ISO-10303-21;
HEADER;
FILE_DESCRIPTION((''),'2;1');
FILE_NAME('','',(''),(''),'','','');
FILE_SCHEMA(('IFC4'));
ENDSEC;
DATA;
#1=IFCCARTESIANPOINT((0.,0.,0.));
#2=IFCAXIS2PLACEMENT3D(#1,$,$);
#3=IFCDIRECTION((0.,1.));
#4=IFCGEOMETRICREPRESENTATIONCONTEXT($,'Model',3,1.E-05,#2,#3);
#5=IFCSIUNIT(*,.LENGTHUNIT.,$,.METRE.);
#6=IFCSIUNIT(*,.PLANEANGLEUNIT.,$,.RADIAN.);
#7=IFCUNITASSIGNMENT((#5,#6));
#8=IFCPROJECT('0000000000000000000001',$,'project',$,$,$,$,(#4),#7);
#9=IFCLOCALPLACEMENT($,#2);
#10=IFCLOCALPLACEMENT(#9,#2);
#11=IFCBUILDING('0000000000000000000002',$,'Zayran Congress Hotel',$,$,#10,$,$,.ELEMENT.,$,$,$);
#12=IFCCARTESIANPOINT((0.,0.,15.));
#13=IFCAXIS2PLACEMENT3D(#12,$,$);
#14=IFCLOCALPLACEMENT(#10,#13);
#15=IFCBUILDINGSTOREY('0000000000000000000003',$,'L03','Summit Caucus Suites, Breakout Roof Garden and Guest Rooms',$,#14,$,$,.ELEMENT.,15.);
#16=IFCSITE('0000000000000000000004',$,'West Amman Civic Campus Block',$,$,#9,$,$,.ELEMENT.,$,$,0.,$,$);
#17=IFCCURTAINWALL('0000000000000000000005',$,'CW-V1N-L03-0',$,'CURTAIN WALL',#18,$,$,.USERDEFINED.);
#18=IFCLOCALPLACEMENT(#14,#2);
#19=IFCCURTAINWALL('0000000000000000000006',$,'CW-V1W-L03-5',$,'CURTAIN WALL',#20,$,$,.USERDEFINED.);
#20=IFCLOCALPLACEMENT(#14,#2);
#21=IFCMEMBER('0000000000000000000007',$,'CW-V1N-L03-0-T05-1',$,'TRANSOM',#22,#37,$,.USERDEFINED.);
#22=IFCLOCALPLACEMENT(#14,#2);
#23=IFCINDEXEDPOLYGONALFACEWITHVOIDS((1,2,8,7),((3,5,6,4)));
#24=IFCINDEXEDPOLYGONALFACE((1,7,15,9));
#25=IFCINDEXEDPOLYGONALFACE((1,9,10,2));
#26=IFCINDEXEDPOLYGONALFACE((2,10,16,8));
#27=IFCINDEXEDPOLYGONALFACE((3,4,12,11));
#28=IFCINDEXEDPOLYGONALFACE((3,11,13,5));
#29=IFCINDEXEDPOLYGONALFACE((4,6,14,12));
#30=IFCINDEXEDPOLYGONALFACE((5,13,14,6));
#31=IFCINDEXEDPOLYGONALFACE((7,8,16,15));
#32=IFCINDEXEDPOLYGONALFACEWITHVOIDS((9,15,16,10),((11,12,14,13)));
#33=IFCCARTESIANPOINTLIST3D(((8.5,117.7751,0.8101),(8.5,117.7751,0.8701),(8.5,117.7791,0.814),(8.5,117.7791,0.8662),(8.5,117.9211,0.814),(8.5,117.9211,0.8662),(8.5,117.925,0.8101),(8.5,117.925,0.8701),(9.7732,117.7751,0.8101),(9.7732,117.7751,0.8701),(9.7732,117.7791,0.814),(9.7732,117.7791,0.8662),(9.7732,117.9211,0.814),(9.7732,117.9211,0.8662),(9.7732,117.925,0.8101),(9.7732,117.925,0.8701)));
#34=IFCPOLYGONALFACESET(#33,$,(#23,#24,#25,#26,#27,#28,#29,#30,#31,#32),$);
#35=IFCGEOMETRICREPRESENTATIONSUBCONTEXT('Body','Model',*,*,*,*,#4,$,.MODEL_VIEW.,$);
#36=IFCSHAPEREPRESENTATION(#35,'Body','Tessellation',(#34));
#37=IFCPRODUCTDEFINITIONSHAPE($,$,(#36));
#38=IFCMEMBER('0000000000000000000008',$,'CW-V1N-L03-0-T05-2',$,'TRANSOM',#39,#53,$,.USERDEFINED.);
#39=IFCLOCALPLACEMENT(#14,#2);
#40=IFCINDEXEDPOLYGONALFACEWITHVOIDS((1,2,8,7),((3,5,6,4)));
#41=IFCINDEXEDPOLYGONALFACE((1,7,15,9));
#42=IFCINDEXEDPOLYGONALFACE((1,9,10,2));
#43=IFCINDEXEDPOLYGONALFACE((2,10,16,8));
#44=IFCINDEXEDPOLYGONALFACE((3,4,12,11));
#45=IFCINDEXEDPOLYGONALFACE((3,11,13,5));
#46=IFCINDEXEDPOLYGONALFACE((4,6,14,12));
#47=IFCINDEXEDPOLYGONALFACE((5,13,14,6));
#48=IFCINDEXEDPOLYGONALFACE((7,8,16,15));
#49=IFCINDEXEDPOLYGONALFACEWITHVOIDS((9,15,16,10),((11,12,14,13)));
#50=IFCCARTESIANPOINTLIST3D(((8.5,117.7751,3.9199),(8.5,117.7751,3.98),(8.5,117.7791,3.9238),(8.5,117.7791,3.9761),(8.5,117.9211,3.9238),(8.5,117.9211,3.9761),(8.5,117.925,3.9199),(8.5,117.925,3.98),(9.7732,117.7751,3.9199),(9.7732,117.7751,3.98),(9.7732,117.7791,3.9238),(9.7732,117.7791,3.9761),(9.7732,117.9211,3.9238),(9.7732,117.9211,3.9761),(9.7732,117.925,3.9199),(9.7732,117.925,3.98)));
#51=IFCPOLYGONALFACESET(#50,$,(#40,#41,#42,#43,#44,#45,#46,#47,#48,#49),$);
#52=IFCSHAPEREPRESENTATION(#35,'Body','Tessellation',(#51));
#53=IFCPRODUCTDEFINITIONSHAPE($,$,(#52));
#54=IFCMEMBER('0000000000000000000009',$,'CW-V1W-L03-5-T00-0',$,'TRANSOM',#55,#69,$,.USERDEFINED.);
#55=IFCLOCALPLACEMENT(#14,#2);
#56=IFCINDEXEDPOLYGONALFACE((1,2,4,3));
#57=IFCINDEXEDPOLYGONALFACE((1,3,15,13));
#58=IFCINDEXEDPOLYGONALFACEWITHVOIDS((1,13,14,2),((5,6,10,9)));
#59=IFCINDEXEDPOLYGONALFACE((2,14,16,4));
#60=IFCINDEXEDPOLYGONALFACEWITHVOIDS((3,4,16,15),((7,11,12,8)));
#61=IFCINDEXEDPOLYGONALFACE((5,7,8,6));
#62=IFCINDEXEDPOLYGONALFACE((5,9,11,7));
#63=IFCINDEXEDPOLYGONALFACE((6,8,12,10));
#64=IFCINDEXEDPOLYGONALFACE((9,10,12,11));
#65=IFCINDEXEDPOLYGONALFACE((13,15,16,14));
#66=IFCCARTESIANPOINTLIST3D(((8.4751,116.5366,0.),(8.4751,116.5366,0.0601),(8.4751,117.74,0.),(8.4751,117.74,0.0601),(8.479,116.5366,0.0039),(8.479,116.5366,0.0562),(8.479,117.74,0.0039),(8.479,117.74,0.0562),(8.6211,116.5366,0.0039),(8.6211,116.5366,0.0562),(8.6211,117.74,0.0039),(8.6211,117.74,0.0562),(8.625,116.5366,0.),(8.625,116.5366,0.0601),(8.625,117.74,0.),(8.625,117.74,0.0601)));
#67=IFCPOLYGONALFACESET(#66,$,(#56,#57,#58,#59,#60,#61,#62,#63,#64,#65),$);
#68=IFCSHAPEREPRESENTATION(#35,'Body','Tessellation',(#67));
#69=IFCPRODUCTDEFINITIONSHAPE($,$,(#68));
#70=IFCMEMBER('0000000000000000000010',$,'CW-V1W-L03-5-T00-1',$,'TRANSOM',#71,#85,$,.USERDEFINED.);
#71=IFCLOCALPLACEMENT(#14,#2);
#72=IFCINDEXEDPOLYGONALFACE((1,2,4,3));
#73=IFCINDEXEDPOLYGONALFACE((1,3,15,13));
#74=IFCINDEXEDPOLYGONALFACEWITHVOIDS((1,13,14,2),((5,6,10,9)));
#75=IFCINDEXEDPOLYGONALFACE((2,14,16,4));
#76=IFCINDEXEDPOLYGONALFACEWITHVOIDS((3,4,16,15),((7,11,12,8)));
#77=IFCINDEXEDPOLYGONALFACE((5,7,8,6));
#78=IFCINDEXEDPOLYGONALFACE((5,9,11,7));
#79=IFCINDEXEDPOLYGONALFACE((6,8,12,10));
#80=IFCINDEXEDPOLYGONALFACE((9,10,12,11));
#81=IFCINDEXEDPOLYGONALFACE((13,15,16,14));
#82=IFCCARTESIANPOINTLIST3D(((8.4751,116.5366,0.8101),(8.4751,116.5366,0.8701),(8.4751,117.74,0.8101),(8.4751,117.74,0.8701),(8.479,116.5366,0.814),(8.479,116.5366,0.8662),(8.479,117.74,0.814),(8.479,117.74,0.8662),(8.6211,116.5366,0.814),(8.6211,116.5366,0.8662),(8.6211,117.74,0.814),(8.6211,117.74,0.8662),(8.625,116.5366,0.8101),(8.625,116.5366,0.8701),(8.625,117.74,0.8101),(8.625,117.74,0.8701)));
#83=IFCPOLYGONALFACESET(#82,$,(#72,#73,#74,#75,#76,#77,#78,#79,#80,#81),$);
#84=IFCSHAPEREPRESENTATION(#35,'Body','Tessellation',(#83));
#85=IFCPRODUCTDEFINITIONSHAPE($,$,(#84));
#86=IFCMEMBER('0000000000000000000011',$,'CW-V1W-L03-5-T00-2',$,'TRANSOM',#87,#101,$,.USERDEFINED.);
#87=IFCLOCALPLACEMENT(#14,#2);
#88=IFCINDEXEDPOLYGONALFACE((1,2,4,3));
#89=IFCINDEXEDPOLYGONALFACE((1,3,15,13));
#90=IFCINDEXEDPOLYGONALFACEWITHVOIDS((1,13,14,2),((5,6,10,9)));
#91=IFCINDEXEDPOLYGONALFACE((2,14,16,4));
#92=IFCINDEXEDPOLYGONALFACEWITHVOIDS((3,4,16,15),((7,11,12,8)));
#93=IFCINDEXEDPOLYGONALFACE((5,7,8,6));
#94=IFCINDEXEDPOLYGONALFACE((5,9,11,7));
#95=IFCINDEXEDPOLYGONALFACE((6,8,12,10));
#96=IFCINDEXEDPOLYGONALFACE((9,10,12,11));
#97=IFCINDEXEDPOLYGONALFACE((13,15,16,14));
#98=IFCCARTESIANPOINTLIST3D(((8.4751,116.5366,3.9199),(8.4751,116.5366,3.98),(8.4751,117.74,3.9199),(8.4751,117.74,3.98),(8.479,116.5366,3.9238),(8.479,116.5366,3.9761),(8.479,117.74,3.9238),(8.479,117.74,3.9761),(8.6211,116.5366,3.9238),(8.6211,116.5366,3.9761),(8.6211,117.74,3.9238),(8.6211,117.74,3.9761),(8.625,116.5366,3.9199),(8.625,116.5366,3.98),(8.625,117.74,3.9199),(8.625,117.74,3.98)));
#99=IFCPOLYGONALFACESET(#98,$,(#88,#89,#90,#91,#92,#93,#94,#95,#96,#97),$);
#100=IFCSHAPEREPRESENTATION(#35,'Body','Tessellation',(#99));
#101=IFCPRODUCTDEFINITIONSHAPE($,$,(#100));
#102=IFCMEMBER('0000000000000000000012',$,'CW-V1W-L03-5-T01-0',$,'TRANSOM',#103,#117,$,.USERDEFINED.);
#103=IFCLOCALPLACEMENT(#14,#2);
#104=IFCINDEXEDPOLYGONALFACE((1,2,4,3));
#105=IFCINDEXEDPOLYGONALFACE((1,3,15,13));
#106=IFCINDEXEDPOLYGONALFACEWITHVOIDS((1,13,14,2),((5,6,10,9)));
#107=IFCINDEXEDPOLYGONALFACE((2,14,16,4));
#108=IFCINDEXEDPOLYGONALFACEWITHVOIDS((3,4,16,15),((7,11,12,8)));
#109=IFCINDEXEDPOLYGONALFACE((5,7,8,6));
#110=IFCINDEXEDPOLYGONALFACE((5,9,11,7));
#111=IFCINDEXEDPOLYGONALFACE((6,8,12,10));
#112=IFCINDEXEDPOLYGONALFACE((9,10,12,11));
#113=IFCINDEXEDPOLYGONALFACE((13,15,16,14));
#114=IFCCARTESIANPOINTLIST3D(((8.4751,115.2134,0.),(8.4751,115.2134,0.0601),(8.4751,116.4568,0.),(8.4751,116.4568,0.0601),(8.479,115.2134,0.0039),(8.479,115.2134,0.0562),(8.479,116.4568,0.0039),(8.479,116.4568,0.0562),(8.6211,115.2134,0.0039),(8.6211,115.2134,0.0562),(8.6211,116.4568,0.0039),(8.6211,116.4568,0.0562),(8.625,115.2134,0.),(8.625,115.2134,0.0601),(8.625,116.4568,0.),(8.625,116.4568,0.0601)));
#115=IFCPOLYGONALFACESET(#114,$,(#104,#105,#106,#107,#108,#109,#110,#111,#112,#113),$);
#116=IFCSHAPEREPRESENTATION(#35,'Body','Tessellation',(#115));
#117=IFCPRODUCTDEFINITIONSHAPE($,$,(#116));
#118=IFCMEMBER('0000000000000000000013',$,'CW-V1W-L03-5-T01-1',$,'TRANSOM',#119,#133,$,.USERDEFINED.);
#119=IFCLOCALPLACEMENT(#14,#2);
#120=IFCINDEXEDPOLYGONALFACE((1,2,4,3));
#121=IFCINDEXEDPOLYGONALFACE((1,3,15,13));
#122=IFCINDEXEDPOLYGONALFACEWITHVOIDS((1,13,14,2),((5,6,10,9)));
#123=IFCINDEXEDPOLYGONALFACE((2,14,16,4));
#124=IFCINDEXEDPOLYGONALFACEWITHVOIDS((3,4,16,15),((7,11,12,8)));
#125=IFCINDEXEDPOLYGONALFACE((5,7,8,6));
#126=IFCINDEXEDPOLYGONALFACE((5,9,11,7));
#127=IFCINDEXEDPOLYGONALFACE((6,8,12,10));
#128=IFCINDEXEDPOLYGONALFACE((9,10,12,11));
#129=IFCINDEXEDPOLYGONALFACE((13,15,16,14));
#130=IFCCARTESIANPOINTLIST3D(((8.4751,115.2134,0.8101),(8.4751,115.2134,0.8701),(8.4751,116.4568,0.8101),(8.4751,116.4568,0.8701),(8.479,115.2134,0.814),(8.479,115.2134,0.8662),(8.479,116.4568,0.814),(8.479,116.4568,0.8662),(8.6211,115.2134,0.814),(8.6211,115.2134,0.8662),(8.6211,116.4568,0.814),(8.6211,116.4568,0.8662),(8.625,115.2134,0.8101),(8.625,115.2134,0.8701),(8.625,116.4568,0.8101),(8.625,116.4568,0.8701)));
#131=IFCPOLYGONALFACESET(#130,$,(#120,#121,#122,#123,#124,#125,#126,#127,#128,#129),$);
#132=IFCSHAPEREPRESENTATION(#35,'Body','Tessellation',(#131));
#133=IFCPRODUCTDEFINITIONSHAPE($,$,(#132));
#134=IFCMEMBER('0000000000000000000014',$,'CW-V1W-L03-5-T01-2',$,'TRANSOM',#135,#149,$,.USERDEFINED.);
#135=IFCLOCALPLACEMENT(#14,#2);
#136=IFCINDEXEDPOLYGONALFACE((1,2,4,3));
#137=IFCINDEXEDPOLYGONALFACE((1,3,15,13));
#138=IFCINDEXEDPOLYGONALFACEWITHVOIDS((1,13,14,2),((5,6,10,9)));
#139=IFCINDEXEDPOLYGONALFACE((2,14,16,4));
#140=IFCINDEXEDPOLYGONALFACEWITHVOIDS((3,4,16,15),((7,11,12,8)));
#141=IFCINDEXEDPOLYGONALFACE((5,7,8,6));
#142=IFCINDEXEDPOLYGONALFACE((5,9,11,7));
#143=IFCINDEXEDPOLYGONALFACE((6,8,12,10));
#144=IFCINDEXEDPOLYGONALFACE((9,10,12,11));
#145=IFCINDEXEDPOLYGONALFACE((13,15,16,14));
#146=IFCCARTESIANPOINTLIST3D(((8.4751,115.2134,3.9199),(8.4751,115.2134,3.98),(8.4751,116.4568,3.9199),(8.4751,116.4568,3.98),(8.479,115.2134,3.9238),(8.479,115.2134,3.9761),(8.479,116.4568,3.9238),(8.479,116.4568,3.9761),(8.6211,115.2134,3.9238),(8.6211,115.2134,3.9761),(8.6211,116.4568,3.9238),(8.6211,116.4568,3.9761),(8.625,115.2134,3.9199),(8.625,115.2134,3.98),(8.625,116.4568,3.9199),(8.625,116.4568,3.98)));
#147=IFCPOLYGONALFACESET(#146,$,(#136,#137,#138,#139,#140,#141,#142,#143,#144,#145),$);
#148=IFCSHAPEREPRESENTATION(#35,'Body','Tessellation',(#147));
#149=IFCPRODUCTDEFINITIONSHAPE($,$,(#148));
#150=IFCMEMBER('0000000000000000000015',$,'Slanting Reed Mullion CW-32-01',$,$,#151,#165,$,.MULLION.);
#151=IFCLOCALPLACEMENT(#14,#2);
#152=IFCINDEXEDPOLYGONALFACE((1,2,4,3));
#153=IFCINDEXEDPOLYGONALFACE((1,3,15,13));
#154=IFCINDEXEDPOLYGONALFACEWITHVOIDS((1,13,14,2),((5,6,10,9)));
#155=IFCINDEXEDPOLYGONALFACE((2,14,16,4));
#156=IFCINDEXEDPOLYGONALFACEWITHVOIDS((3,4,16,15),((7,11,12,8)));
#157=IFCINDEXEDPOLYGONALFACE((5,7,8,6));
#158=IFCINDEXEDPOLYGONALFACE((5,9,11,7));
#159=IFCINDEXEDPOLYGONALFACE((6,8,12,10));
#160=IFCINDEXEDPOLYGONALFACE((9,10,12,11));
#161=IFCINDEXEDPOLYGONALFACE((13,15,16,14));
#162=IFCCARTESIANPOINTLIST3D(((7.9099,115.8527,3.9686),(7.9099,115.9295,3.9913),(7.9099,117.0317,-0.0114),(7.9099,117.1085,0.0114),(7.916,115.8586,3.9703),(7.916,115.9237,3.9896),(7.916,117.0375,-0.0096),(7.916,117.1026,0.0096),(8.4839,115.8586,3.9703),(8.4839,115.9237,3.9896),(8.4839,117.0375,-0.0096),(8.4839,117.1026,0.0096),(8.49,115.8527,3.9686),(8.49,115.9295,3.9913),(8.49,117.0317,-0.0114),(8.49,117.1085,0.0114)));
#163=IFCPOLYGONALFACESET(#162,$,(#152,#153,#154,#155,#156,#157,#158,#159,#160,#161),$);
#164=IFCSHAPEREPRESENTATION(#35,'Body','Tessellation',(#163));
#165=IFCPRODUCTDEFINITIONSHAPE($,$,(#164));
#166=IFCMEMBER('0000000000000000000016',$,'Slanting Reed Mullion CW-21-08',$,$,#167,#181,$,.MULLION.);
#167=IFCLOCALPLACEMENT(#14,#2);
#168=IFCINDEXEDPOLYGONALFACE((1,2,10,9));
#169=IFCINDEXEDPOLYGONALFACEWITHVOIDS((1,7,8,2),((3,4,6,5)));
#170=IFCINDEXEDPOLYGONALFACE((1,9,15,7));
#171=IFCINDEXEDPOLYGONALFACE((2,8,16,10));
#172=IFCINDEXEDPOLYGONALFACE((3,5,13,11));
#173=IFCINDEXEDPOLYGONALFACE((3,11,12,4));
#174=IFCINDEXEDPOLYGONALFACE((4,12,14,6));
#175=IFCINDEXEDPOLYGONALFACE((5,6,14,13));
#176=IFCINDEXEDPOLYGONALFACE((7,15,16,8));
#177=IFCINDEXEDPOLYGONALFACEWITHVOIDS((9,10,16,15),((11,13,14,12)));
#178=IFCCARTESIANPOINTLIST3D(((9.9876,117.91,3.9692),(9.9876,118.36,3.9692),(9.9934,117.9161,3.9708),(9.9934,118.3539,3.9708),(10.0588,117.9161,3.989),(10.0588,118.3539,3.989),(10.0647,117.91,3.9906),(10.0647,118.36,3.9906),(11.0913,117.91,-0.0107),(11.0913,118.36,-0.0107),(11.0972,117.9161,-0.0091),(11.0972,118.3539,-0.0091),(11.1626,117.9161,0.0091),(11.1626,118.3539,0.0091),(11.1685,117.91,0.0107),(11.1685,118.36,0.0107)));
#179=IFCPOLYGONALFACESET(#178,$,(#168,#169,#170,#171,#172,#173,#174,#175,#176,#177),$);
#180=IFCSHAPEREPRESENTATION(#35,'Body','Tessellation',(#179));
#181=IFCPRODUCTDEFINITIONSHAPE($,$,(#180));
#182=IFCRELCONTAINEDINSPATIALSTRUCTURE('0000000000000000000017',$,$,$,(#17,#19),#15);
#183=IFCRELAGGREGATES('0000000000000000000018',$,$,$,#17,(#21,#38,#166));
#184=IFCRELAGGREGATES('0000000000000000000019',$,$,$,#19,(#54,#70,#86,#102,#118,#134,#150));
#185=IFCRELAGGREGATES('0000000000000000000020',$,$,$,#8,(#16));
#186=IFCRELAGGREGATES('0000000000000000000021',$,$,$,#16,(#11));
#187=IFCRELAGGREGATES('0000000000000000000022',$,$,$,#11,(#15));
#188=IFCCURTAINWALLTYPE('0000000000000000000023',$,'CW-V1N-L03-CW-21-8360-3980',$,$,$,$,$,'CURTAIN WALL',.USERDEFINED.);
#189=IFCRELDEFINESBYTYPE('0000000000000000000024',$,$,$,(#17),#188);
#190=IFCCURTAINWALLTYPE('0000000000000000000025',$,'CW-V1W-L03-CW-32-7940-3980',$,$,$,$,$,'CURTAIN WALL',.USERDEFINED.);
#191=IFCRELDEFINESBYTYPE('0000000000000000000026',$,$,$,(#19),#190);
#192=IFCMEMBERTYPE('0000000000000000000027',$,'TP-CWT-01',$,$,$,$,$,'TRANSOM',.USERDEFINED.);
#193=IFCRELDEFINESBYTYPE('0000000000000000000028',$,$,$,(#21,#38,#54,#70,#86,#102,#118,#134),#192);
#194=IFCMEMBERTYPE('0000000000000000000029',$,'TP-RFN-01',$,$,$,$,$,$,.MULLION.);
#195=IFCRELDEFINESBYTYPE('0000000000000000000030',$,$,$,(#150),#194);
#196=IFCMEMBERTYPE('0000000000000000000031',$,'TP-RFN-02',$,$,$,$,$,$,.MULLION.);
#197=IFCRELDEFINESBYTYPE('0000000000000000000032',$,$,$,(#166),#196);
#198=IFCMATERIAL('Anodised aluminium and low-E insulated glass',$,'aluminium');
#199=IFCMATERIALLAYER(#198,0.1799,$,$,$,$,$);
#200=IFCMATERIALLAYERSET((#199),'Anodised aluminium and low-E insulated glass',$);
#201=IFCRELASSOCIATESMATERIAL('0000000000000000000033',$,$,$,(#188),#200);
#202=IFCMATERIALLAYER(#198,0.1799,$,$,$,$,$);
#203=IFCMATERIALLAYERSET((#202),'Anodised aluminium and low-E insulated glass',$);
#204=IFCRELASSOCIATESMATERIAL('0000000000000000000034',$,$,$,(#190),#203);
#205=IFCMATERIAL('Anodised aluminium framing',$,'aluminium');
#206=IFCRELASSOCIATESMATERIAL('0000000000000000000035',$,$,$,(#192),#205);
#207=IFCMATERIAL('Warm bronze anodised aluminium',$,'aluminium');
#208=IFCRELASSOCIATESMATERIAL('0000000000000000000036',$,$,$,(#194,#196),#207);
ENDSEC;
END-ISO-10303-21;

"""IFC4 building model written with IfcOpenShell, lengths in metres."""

from ifc_helpers import new_model, si_unit, direction, frame, origin, origin_2d, place, context, subcontext, project, spatial, hollow_rectangle, extrude, material, layer, layer_set, material_profile, profile_set, type_object, element, aggregate, save


model = new_model("IFC4")

# Units and contexts
model_context = context("Model", 3, precision=1e-05, world=origin(), true_north=direction((0.0, 1.0)))
body_context = subcontext(model_context, "Body", "Model", "MODEL_VIEW")
ifc_project = project(units=[si_unit("LENGTHUNIT", "METRE"), si_unit("PLANEANGLEUNIT", "RADIAN")], contexts=[model_context])

# Site, building, storey
site_placement = place(None, origin())
site = spatial("IfcSite", under=ifc_project, at=site_placement, Name="West Amman Civic Campus Block", CompositionType="ELEMENT", RefElevation=0.0)
building_placement = place(site_placement, origin())
building = spatial("IfcBuilding", under=site, at=building_placement, Name="Zayran Congress Hotel", CompositionType="ELEMENT")
storey_placement = place(building_placement, frame((0.0, 0.0, 15.0)))
storey = spatial("IfcBuildingStorey", under=building, at=storey_placement, Name="L03", Description="Summit Caucus Suites, Breakout Roof Garden and Guest Rooms", CompositionType="ELEMENT", Elevation=15.0)

# Curtain walls
ifc_material_1 = material(Name="Anodised aluminium and low-E insulated glass", Category="aluminium")
ifc_layer_1 = layer(ifc_material_1, 0.1799)
ifc_layer_set_1 = layer_set([ifc_layer_1], Name="Anodised aluminium and low-E insulated glass")
curtain_wall_type_1 = type_object("IfcCurtainWallType", Name="CW-V1N-L03-CW-21-8360-3980", ElementType="CURTAIN WALL", PredefinedType="USERDEFINED", material=ifc_layer_set_1)
curtain_wall_1_placement = place(storey_placement, origin())
curtain_wall_1 = element("IfcCurtainWall", 1, at=curtain_wall_1_placement, inside=storey, type_object=curtain_wall_type_1, Name="CW-V1N-L03-0", ObjectType="CURTAIN WALL", PredefinedType="USERDEFINED")
ifc_material_2 = material(Name="Anodised aluminium framing", Category="aluminium")
ifc_layer_2 = layer(ifc_material_1, 0.1799)
ifc_layer_set_2 = layer_set([ifc_layer_2], Name="Anodised aluminium and low-E insulated glass")
curtain_wall_type_2 = type_object("IfcCurtainWallType", Name="CW-V1W-L03-CW-32-7940-3980", ElementType="CURTAIN WALL", PredefinedType="USERDEFINED", material=ifc_layer_set_2)
curtain_wall_2_placement = place(storey_placement, origin())
curtain_wall_2 = element("IfcCurtainWall", 2, at=curtain_wall_2_placement, inside=storey, type_object=curtain_wall_type_2, Name="CW-V1W-L03-5", ObjectType="CURTAIN WALL", PredefinedType="USERDEFINED")

# Members
ifc_material_profile_1 = material_profile(ifc_material_2, hollow_rectangle(XDim=0.0601, YDim=0.1499, WallThickness=0.0039, at=origin_2d()), Name="RHS 150x60x4")
ifc_profile_set_1 = profile_set([ifc_material_profile_1], Name="Anodised aluminium framing")
member_type_1 = type_object("IfcMemberType", Name="TP-CWT-01", ElementType="TRANSOM", PredefinedType="USERDEFINED", material=ifc_profile_set_1)
member_1_placement = place(storey_placement, frame((9.7732, 117.8501, 0.8401), z_axis=(-1.0, 0.0, 0.0), x_axis=(0.0, 0.0, 1.0)))
member_1 = element("IfcMember", 3, at=member_1_placement, type_object=member_type_1, Name="CW-V1N-L03-0-T05-1", ObjectType="TRANSOM", PredefinedType="USERDEFINED", context=body_context, shape_type="SweptSolid", body=[
    extrude(hollow_rectangle(XDim=0.0601, YDim=0.1499, WallThickness=0.0039, at=origin_2d()), origin(), (0.0, 0.0, 1.0), 1.2732),
])
member_2_placement = place(storey_placement, frame((9.7732, 117.8501, 3.95), z_axis=(-1.0, 0.0, 0.0), x_axis=(0.0, 0.0, 1.0)))
member_2 = element("IfcMember", 4, at=member_2_placement, type_object=member_type_1, Name="CW-V1N-L03-0-T05-2", ObjectType="TRANSOM", PredefinedType="USERDEFINED", context=body_context, shape_type="SweptSolid", body=[
    extrude(hollow_rectangle(XDim=0.0601, YDim=0.1499, WallThickness=0.0039, at=origin_2d()), origin(), (0.0, 0.0, 1.0), 1.2732),
])
member_3_placement = place(storey_placement, frame((8.55, 117.74, 0.03), z_axis=(0.0, -1.0, 0.0), x_axis=(0.0, 0.0, 1.0)))
member_3 = element("IfcMember", 5, at=member_3_placement, type_object=member_type_1, Name="CW-V1W-L03-5-T00-0", ObjectType="TRANSOM", PredefinedType="USERDEFINED", context=body_context, shape_type="SweptSolid", body=[
    extrude(hollow_rectangle(XDim=0.0601, YDim=0.1499, WallThickness=0.0039, at=origin_2d()), origin(), (0.0, 0.0, 1.0), 1.2034),
])
member_4_placement = place(storey_placement, frame((8.55, 117.74, 0.8401), z_axis=(0.0, -1.0, 0.0), x_axis=(0.0, 0.0, 1.0)))
member_4 = element("IfcMember", 6, at=member_4_placement, type_object=member_type_1, Name="CW-V1W-L03-5-T00-1", ObjectType="TRANSOM", PredefinedType="USERDEFINED", context=body_context, shape_type="SweptSolid", body=[
    extrude(hollow_rectangle(XDim=0.0601, YDim=0.1499, WallThickness=0.0039, at=origin_2d()), origin(), (0.0, 0.0, 1.0), 1.2034),
])
member_5_placement = place(storey_placement, frame((8.55, 117.74, 3.95), z_axis=(0.0, -1.0, 0.0), x_axis=(0.0, 0.0, 1.0)))
member_5 = element("IfcMember", 7, at=member_5_placement, type_object=member_type_1, Name="CW-V1W-L03-5-T00-2", ObjectType="TRANSOM", PredefinedType="USERDEFINED", context=body_context, shape_type="SweptSolid", body=[
    extrude(hollow_rectangle(XDim=0.0601, YDim=0.1499, WallThickness=0.0039, at=origin_2d()), origin(), (0.0, 0.0, 1.0), 1.2034),
])
member_6_placement = place(storey_placement, frame((8.55, 116.4568, 0.03), z_axis=(0.0, -1.0, 0.0), x_axis=(0.0, 0.0, 1.0)))
member_6 = element("IfcMember", 8, at=member_6_placement, type_object=member_type_1, Name="CW-V1W-L03-5-T01-0", ObjectType="TRANSOM", PredefinedType="USERDEFINED", context=body_context, shape_type="SweptSolid", body=[
    extrude(hollow_rectangle(XDim=0.0601, YDim=0.1499, WallThickness=0.0039, at=origin_2d()), origin(), (0.0, 0.0, 1.0), 1.2434),
])
member_7_placement = place(storey_placement, frame((8.55, 116.4568, 0.8401), z_axis=(0.0, -1.0, 0.0), x_axis=(0.0, 0.0, 1.0)))
member_7 = element("IfcMember", 9, at=member_7_placement, type_object=member_type_1, Name="CW-V1W-L03-5-T01-1", ObjectType="TRANSOM", PredefinedType="USERDEFINED", context=body_context, shape_type="SweptSolid", body=[
    extrude(hollow_rectangle(XDim=0.0601, YDim=0.1499, WallThickness=0.0039, at=origin_2d()), origin(), (0.0, 0.0, 1.0), 1.2434),
])
member_8_placement = place(storey_placement, frame((8.55, 116.4568, 3.95), z_axis=(0.0, -1.0, 0.0), x_axis=(0.0, 0.0, 1.0)))
member_8 = element("IfcMember", 10, at=member_8_placement, type_object=member_type_1, Name="CW-V1W-L03-5-T01-2", ObjectType="TRANSOM", PredefinedType="USERDEFINED", context=body_context, shape_type="SweptSolid", body=[
    extrude(hollow_rectangle(XDim=0.0601, YDim=0.1499, WallThickness=0.0039, at=origin_2d()), origin(), (0.0, 0.0, 1.0), 1.2434),
])
ifc_material_3 = material(Name="Warm bronze anodised aluminium", Category="aluminium")
ifc_material_profile_2 = material_profile(ifc_material_3, hollow_rectangle(XDim=0.0801, YDim=0.5801, WallThickness=0.0061, at=origin_2d()), Name="RHS 580x80x6")
ifc_profile_set_2 = profile_set([ifc_material_profile_2], Name="Warm bronze anodised aluminium")
member_type_2 = type_object("IfcMemberType", Name="TP-RFN-01", PredefinedType="MULLION", material=ifc_profile_set_2)
member_9_placement = place(storey_placement, frame((8.2, 117.0701, 0.0), z_axis=(0.0, -0.284022, 0.958818), x_axis=(0.0, 0.958818, 0.284022)))
member_9 = element("IfcMember", 11, at=member_9_placement, type_object=member_type_2, Name="Slanting Reed Mullion CW-32-01", PredefinedType="MULLION", context=body_context, shape_type="SweptSolid", body=[
    extrude(hollow_rectangle(XDim=0.0801, YDim=0.5801, WallThickness=0.0061, at=origin_2d()), origin(), (0.0, 0.0, 1.0), 4.1509),
])
ifc_material_profile_3 = material_profile(ifc_material_3, hollow_rectangle(XDim=0.0801, YDim=0.45, WallThickness=0.0061, at=origin_2d()), Name="RHS 450x80x6")
ifc_profile_set_3 = profile_set([ifc_material_profile_3], Name="Warm bronze anodised aluminium")
member_type_3 = type_object("IfcMemberType", Name="TP-RFN-02", PredefinedType="MULLION", material=ifc_profile_set_3)
member_10_placement = place(storey_placement, frame((11.1299, 118.135, 0.0), z_axis=(-0.267241, 0.0, 0.96363), x_axis=(0.96363, 0.0, 0.267241)))
member_10 = element("IfcMember", 12, at=member_10_placement, type_object=member_type_3, Name="Slanting Reed Mullion CW-21-08", PredefinedType="MULLION", context=body_context, shape_type="SweptSolid", body=[
    extrude(hollow_rectangle(XDim=0.0801, YDim=0.45, WallThickness=0.0061, at=origin_2d()), origin(), (0.0, 0.0, 1.0), 4.1301),
])

aggregate(curtain_wall_1, [member_1, member_2, member_10])
aggregate(curtain_wall_2, [member_3, member_4, member_5, member_6, member_7, member_8, member_9])

save(model, "model.ifc")
